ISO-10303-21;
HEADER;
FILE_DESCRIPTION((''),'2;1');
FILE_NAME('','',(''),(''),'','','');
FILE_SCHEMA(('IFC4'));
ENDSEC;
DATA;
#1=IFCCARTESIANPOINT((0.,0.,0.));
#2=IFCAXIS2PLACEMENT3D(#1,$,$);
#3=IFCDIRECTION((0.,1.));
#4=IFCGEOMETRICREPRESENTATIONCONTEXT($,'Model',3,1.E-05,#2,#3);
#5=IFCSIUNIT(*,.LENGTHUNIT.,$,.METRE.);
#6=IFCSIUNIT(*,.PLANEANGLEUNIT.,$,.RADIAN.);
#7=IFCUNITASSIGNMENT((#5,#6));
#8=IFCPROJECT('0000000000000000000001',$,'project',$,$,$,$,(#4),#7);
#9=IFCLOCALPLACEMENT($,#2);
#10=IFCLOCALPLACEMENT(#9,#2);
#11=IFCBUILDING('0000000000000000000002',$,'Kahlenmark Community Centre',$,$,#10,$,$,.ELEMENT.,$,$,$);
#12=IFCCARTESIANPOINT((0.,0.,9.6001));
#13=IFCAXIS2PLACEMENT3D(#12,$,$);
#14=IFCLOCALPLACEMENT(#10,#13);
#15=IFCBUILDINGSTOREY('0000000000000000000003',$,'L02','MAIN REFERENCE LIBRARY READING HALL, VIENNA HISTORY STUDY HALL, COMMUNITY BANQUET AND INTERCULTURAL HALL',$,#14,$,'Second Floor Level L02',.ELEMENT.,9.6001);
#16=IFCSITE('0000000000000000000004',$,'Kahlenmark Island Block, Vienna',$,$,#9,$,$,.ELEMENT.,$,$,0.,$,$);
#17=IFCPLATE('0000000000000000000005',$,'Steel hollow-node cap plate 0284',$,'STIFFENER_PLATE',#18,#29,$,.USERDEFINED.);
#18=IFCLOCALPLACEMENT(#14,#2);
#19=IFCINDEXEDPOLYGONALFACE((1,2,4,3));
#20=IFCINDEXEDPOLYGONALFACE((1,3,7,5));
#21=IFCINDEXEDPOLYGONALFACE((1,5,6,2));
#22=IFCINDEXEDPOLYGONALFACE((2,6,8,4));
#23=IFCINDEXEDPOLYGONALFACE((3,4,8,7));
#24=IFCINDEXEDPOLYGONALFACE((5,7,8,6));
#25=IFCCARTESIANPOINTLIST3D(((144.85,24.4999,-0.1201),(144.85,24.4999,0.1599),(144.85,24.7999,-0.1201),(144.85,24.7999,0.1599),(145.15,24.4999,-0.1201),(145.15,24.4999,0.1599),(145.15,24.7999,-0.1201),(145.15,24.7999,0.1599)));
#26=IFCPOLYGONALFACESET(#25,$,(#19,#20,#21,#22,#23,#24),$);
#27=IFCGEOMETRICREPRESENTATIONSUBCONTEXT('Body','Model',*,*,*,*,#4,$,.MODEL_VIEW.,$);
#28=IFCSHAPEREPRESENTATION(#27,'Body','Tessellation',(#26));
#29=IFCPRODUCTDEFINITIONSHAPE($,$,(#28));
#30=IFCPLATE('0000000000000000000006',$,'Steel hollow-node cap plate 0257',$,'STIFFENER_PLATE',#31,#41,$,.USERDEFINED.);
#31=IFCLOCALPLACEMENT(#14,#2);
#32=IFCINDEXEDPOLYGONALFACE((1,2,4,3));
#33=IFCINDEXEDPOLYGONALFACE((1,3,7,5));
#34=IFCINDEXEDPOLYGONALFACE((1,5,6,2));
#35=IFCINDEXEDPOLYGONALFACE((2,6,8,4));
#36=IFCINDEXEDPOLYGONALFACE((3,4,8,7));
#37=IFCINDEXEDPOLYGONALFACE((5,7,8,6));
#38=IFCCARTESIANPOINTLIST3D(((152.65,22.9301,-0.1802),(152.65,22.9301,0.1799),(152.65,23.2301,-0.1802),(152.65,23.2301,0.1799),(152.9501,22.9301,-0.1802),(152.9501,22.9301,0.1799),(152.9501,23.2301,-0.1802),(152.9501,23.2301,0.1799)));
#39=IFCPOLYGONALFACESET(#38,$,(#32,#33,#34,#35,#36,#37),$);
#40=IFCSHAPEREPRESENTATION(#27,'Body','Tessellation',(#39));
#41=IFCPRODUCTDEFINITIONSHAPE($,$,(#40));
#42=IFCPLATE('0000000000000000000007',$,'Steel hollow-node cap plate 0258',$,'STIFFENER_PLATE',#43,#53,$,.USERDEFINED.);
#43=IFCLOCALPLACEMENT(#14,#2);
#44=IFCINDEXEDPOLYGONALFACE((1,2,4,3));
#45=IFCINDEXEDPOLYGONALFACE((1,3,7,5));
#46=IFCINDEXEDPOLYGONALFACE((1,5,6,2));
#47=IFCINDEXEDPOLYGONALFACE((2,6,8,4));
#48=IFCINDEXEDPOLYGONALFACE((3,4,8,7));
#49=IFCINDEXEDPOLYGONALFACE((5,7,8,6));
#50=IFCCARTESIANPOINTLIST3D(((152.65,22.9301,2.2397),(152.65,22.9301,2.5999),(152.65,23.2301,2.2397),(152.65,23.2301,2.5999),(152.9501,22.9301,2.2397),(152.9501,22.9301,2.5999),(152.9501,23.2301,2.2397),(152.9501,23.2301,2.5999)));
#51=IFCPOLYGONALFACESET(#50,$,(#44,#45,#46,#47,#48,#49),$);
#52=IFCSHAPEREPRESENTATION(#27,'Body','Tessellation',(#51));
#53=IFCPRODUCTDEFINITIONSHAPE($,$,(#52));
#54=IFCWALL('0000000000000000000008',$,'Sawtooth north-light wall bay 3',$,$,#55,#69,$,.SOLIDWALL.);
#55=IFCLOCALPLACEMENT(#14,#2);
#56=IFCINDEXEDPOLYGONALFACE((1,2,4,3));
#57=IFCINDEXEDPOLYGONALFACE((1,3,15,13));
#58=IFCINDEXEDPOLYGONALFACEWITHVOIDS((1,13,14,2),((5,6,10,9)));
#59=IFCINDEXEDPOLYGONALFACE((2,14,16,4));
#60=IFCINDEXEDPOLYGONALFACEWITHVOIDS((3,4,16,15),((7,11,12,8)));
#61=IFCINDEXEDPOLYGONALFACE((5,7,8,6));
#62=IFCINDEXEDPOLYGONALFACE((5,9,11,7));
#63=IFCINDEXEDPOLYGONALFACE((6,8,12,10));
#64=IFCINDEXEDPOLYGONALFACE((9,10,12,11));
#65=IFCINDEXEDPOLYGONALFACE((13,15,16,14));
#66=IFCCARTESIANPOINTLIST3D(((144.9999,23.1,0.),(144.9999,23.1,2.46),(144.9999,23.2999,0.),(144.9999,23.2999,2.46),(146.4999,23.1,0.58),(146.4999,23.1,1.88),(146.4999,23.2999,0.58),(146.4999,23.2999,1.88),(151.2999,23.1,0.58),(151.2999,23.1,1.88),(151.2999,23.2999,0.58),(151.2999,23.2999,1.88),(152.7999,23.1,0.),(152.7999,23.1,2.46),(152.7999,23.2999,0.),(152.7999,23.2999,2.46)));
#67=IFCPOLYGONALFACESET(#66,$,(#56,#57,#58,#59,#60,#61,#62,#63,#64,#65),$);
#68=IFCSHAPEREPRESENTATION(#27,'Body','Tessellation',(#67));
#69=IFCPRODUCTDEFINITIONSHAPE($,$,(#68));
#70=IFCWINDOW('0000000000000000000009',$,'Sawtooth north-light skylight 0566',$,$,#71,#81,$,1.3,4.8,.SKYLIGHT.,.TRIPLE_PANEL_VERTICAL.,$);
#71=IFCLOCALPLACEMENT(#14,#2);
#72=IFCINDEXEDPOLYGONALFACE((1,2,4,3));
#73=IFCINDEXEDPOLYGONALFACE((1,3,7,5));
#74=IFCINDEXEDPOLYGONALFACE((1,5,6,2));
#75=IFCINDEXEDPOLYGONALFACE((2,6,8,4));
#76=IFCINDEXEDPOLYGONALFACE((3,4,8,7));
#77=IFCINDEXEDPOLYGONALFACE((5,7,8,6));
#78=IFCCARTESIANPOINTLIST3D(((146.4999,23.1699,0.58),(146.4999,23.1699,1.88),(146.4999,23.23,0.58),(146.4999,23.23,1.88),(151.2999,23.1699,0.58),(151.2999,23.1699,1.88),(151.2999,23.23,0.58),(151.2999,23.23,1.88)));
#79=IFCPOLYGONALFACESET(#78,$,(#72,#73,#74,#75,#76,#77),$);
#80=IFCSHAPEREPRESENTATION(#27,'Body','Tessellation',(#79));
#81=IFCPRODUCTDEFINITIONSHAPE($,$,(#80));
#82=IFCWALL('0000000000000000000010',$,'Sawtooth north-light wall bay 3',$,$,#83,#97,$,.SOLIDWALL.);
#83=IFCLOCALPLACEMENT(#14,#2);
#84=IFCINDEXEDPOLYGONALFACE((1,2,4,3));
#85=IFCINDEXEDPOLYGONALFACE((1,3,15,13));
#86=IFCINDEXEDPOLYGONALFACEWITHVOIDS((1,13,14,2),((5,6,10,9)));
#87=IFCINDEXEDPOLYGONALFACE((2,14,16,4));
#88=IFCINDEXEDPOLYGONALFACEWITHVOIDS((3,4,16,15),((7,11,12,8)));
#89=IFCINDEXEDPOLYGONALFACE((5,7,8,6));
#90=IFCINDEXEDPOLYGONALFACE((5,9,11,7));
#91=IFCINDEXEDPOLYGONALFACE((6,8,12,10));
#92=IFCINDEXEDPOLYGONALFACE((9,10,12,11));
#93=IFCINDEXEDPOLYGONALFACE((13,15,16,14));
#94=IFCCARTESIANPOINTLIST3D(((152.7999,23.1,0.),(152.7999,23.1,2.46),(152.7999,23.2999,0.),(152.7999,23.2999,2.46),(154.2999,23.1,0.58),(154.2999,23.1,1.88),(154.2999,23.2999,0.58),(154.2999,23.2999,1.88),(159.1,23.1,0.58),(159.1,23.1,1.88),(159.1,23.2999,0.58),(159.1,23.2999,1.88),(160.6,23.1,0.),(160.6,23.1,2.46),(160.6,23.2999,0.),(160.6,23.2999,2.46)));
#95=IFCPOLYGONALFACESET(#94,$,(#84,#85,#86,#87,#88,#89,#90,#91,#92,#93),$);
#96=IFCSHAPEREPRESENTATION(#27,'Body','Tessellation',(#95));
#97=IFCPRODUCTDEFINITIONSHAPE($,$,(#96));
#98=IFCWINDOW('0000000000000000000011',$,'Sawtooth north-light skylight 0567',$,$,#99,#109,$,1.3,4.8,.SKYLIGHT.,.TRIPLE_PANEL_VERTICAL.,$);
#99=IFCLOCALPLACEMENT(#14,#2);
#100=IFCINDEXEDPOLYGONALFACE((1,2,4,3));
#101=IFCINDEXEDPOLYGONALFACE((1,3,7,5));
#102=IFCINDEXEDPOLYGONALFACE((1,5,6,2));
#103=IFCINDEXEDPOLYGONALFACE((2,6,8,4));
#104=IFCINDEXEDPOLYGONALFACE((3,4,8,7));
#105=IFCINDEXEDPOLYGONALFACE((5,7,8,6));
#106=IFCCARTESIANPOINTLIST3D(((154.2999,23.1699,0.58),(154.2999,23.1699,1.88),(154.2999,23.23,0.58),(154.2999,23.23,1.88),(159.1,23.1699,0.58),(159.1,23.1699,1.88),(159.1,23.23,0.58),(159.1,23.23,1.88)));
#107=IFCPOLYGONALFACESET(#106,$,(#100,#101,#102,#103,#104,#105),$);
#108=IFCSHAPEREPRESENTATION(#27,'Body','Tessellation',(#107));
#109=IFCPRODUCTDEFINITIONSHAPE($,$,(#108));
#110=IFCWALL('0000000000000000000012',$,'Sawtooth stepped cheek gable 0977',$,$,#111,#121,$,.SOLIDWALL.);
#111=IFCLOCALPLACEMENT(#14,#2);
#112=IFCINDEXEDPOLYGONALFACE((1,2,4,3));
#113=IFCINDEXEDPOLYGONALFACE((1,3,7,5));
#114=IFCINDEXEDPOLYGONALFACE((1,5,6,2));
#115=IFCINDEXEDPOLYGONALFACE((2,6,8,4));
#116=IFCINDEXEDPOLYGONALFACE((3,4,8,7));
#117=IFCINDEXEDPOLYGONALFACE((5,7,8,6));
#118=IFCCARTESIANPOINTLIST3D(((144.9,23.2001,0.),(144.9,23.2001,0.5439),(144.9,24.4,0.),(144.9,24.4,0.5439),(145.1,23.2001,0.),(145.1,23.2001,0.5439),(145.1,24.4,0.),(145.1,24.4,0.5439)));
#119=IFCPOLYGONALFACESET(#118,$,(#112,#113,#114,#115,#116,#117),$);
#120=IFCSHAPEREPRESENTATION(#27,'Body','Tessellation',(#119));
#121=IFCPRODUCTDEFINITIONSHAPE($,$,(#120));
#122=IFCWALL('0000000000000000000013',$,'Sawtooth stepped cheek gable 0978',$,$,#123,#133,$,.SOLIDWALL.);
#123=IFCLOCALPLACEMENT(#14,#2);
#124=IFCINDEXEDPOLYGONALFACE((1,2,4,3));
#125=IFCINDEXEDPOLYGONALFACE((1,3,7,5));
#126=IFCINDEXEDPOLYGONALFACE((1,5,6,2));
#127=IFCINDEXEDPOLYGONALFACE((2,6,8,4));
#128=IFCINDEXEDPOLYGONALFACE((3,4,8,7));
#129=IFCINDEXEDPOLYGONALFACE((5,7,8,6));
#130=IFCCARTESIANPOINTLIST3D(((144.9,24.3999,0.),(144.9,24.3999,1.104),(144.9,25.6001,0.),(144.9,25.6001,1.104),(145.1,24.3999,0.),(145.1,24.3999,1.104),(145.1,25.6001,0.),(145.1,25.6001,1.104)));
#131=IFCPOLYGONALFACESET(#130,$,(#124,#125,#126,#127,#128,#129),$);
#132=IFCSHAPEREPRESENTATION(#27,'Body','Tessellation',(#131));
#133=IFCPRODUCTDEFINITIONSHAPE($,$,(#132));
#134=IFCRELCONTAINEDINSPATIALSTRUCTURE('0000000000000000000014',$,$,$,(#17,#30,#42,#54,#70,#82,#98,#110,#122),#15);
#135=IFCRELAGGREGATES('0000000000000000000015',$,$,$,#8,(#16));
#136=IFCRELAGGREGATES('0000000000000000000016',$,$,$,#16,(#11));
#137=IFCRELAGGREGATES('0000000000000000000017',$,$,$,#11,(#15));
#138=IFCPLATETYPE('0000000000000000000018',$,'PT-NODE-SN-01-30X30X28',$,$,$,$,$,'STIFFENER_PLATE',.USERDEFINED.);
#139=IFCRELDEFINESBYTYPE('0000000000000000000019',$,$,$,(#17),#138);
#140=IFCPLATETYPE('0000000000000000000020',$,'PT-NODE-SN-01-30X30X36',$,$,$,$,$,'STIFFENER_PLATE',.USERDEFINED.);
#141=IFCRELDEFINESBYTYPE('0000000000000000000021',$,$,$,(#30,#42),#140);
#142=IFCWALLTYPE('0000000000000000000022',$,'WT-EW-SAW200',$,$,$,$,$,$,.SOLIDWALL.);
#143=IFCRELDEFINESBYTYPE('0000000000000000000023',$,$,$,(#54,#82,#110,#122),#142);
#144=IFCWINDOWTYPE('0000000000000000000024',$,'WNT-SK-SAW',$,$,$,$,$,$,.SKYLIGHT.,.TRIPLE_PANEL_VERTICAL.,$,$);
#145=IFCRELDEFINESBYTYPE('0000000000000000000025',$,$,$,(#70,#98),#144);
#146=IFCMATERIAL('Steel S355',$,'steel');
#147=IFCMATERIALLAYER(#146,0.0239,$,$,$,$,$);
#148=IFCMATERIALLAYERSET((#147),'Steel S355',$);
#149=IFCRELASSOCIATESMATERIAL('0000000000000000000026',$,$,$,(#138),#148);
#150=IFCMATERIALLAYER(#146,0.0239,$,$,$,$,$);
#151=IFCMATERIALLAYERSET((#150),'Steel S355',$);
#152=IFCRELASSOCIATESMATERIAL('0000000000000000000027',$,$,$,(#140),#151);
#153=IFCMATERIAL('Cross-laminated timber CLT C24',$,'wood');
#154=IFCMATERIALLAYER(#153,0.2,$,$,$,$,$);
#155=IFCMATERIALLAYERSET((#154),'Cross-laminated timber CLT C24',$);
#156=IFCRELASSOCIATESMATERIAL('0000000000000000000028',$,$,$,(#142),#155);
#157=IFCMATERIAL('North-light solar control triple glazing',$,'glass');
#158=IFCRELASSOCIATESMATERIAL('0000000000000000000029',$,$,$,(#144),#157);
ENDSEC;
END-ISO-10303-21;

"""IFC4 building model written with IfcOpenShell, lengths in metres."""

from ifc_helpers import new_model, si_unit, direction, frame, frame_2d, origin, origin_2d, place, context, subcontext, project, spatial, rectangle, extrude, material, layer, layer_set, type_object, element, fill, save


model = new_model("IFC4")

# Units and contexts
model_context = context("Model", 3, precision=1e-05, world=origin(), true_north=direction((0.0, 1.0)))
body_context = subcontext(model_context, "Body", "Model", "MODEL_VIEW")
ifc_project = project(units=[si_unit("LENGTHUNIT", "METRE"), si_unit("PLANEANGLEUNIT", "RADIAN")], contexts=[model_context])

# Site, building, storey
site_placement = place(None, origin())
site = spatial("IfcSite", under=ifc_project, at=site_placement, Name="Kahlenmark Island Block, Vienna", CompositionType="ELEMENT", RefElevation=0.0)
building_placement = place(site_placement, origin())
building = spatial("IfcBuilding", under=site, at=building_placement, Name="Kahlenmark Community Centre", CompositionType="ELEMENT")
storey_placement = place(building_placement, frame((0.0, 0.0, 9.6001)))
storey = spatial("IfcBuildingStorey", under=building, at=storey_placement, Name="L02", Description="MAIN REFERENCE LIBRARY READING HALL, VIENNA HISTORY STUDY HALL, COMMUNITY BANQUET AND INTERCULTURAL HALL", LongName="Second Floor Level L02", CompositionType="ELEMENT", Elevation=9.6001)

# Shared definitions
ifc_material_1 = material(Name="Steel S355", Category="steel")

# Plates
ifc_layer_1 = layer(ifc_material_1, 0.0239)
ifc_layer_set_1 = layer_set([ifc_layer_1], Name="Steel S355")
plate_type_1 = type_object("IfcPlateType", Name="PT-NODE-SN-01-30X30X28", ElementType="STIFFENER_PLATE", PredefinedType="USERDEFINED", material=ifc_layer_set_1)
for number, where, z_axis, x_axis, name in (
    (1, (145.0, 24.6499, -0.1201), (0.0, 0.0, 1.0), (1.0, 0.0, 0.0), "Steel hollow-node cap plate 0284"),
):
    element("IfcPlate", number, at=place(storey_placement, frame(where, z_axis=z_axis, x_axis=x_axis)), inside=storey, type_object=plate_type_1, Name=name, ObjectType="STIFFENER_PLATE", PredefinedType="USERDEFINED", context=body_context, shape_type="SweptSolid", body=[
        extrude(rectangle(XDim=0.3, YDim=0.3, at=origin_2d()), origin(), (0.0, 0.0, 1.0), 0.28),
    ])
ifc_layer_2 = layer(ifc_material_1, 0.0239)
ifc_layer_set_2 = layer_set([ifc_layer_2], Name="Steel S355")
plate_type_2 = type_object("IfcPlateType", Name="PT-NODE-SN-01-30X30X36", ElementType="STIFFENER_PLATE", PredefinedType="USERDEFINED", material=ifc_layer_set_2)
for number, where, z_axis, x_axis, name in (
    (2, (152.8, 23.0801, -0.1802), (0.0, 0.0, 1.0), (1.0, 0.0, 0.0), "Steel hollow-node cap plate 0257"),
    (3, (152.8, 23.0801, 2.2397), (0.0, 0.0, 1.0), (1.0, 0.0, 0.0), "Steel hollow-node cap plate 0258"),
):
    element("IfcPlate", number, at=place(storey_placement, frame(where, z_axis=z_axis, x_axis=x_axis)), inside=storey, type_object=plate_type_2, Name=name, ObjectType="STIFFENER_PLATE", PredefinedType="USERDEFINED", context=body_context, shape_type="SweptSolid", body=[
        extrude(rectangle(XDim=0.3, YDim=0.3, at=origin_2d()), origin(), (0.0, 0.0, 1.0), 0.3601),
    ])

# Walls, openings, windows
ifc_material_2 = material(Name="Cross-laminated timber CLT C24", Category="wood")
ifc_layer_3 = layer(ifc_material_2, 0.2)
ifc_layer_set_3 = layer_set([ifc_layer_3], Name="Cross-laminated timber CLT C24")
wall_type = type_object("IfcWallType", Name="WT-EW-SAW200", PredefinedType="SOLIDWALL", material=ifc_layer_set_3)
wall_1_placement = place(storey_placement, frame((145.0, 23.2, 0.0), z_axis=(0.0, 0.0, 1.0), x_axis=(1.0, 0.0, 0.0)))
wall_1 = element("IfcWall", 4, at=wall_1_placement, inside=storey, type_object=wall_type, Name="Sawtooth north-light wall bay 3", PredefinedType="SOLIDWALL", context=body_context, shape_type="SweptSolid", body=[
    extrude(rectangle(XDim=7.8, YDim=0.2, at=frame_2d((3.8999, 0.0))), origin(), (0.0, 0.0, 1.0), 2.46),
])
opening_1_placement = place(wall_1_placement, frame((1.5, 0.0, 0.5801)))
opening_1 = element("IfcOpeningElement", 5, at=opening_1_placement, cuts=wall_1, PredefinedType="OPENING", context=body_context, shape_type="SweptSolid", body=[
    extrude(rectangle(XDim=4.8, YDim=1.3, at=frame_2d((2.3999, 0.6499))), frame((0.0, 0.1099, 0.0), z_axis=(0.0, -1.0, 0.0), x_axis=(1.0, 0.0, 0.0)), (0.0, 0.0, 1.0), 0.22),
])
ifc_material_3 = material(Name="North-light solar control triple glazing", Category="glass")
window_type = type_object("IfcWindowType", Name="WNT-SK-SAW", PartitioningType="TRIPLE_PANEL_VERTICAL", PredefinedType="SKYLIGHT", material=ifc_material_3)
window_1_placement = place(opening_1_placement, origin())
window_1 = element("IfcWindow", 6, at=window_1_placement, inside=storey, type_object=window_type, Name="Sawtooth north-light skylight 0566", OverallHeight=1.3, OverallWidth=4.8, PartitioningType="TRIPLE_PANEL_VERTICAL", PredefinedType="SKYLIGHT", context=body_context, shape_type="SweptSolid", body=[
    extrude(rectangle(XDim=4.8, YDim=1.3, at=frame_2d((2.3999, 0.6499))), frame((0.0, 0.03, 0.0), z_axis=(0.0, -1.0, 0.0), x_axis=(1.0, 0.0, 0.0)), (0.0, 0.0, 1.0), 0.0601),
])
fill(opening_1, window_1)
wall_2_placement = place(storey_placement, frame((152.8, 23.2, 0.0), z_axis=(0.0, 0.0, 1.0), x_axis=(1.0, 0.0, 0.0)))
wall_2 = element("IfcWall", 7, at=wall_2_placement, inside=storey, type_object=wall_type, Name="Sawtooth north-light wall bay 3", PredefinedType="SOLIDWALL", context=body_context, shape_type="SweptSolid", body=[
    extrude(rectangle(XDim=7.8, YDim=0.2, at=frame_2d((3.8999, 0.0))), origin(), (0.0, 0.0, 1.0), 2.46),
])
opening_2_placement = place(wall_2_placement, frame((1.5, 0.0, 0.5801)))
opening_2 = element("IfcOpeningElement", 8, at=opening_2_placement, cuts=wall_2, PredefinedType="OPENING", context=body_context, shape_type="SweptSolid", body=[
    extrude(rectangle(XDim=4.8, YDim=1.3, at=frame_2d((2.3999, 0.6499))), frame((0.0, 0.1099, 0.0), z_axis=(0.0, -1.0, 0.0), x_axis=(1.0, 0.0, 0.0)), (0.0, 0.0, 1.0), 0.22),
])
window_2_placement = place(opening_2_placement, origin())
window_2 = element("IfcWindow", 9, at=window_2_placement, inside=storey, type_object=window_type, Name="Sawtooth north-light skylight 0567", OverallHeight=1.3, OverallWidth=4.8, PartitioningType="TRIPLE_PANEL_VERTICAL", PredefinedType="SKYLIGHT", context=body_context, shape_type="SweptSolid", body=[
    extrude(rectangle(XDim=4.8, YDim=1.3, at=frame_2d((2.3999, 0.6499))), frame((0.0, 0.03, 0.0), z_axis=(0.0, -1.0, 0.0), x_axis=(1.0, 0.0, 0.0)), (0.0, 0.0, 1.0), 0.0601),
])
fill(opening_2, window_2)

# Walls
wall_3_placement = place(storey_placement, frame((145.0, 23.2, 0.0), z_axis=(0.0, 0.0, 1.0), x_axis=(0.0, 1.0, 0.0)))
element("IfcWall", 10, at=wall_3_placement, inside=storey, type_object=wall_type, Name="Sawtooth stepped cheek gable 0977", PredefinedType="SOLIDWALL", context=body_context, shape_type="SweptSolid", body=[
    extrude(rectangle(XDim=1.2, YDim=0.2, at=frame_2d((0.6001, 0.0))), origin(), (0.0, 0.0, 1.0), 0.5439),
])
wall_4_placement = place(storey_placement, frame((145.0, 24.3999, 0.0), z_axis=(0.0, 0.0, 1.0), x_axis=(0.0, 1.0, 0.0)))
element("IfcWall", 11, at=wall_4_placement, inside=storey, type_object=wall_type, Name="Sawtooth stepped cheek gable 0978", PredefinedType="SOLIDWALL", context=body_context, shape_type="SweptSolid", body=[
    extrude(rectangle(XDim=1.2002, YDim=0.2, at=frame_2d((0.6001, 0.0))), origin(), (0.0, 0.0, 1.0), 1.104),
])

save(model, "model.ifc")
